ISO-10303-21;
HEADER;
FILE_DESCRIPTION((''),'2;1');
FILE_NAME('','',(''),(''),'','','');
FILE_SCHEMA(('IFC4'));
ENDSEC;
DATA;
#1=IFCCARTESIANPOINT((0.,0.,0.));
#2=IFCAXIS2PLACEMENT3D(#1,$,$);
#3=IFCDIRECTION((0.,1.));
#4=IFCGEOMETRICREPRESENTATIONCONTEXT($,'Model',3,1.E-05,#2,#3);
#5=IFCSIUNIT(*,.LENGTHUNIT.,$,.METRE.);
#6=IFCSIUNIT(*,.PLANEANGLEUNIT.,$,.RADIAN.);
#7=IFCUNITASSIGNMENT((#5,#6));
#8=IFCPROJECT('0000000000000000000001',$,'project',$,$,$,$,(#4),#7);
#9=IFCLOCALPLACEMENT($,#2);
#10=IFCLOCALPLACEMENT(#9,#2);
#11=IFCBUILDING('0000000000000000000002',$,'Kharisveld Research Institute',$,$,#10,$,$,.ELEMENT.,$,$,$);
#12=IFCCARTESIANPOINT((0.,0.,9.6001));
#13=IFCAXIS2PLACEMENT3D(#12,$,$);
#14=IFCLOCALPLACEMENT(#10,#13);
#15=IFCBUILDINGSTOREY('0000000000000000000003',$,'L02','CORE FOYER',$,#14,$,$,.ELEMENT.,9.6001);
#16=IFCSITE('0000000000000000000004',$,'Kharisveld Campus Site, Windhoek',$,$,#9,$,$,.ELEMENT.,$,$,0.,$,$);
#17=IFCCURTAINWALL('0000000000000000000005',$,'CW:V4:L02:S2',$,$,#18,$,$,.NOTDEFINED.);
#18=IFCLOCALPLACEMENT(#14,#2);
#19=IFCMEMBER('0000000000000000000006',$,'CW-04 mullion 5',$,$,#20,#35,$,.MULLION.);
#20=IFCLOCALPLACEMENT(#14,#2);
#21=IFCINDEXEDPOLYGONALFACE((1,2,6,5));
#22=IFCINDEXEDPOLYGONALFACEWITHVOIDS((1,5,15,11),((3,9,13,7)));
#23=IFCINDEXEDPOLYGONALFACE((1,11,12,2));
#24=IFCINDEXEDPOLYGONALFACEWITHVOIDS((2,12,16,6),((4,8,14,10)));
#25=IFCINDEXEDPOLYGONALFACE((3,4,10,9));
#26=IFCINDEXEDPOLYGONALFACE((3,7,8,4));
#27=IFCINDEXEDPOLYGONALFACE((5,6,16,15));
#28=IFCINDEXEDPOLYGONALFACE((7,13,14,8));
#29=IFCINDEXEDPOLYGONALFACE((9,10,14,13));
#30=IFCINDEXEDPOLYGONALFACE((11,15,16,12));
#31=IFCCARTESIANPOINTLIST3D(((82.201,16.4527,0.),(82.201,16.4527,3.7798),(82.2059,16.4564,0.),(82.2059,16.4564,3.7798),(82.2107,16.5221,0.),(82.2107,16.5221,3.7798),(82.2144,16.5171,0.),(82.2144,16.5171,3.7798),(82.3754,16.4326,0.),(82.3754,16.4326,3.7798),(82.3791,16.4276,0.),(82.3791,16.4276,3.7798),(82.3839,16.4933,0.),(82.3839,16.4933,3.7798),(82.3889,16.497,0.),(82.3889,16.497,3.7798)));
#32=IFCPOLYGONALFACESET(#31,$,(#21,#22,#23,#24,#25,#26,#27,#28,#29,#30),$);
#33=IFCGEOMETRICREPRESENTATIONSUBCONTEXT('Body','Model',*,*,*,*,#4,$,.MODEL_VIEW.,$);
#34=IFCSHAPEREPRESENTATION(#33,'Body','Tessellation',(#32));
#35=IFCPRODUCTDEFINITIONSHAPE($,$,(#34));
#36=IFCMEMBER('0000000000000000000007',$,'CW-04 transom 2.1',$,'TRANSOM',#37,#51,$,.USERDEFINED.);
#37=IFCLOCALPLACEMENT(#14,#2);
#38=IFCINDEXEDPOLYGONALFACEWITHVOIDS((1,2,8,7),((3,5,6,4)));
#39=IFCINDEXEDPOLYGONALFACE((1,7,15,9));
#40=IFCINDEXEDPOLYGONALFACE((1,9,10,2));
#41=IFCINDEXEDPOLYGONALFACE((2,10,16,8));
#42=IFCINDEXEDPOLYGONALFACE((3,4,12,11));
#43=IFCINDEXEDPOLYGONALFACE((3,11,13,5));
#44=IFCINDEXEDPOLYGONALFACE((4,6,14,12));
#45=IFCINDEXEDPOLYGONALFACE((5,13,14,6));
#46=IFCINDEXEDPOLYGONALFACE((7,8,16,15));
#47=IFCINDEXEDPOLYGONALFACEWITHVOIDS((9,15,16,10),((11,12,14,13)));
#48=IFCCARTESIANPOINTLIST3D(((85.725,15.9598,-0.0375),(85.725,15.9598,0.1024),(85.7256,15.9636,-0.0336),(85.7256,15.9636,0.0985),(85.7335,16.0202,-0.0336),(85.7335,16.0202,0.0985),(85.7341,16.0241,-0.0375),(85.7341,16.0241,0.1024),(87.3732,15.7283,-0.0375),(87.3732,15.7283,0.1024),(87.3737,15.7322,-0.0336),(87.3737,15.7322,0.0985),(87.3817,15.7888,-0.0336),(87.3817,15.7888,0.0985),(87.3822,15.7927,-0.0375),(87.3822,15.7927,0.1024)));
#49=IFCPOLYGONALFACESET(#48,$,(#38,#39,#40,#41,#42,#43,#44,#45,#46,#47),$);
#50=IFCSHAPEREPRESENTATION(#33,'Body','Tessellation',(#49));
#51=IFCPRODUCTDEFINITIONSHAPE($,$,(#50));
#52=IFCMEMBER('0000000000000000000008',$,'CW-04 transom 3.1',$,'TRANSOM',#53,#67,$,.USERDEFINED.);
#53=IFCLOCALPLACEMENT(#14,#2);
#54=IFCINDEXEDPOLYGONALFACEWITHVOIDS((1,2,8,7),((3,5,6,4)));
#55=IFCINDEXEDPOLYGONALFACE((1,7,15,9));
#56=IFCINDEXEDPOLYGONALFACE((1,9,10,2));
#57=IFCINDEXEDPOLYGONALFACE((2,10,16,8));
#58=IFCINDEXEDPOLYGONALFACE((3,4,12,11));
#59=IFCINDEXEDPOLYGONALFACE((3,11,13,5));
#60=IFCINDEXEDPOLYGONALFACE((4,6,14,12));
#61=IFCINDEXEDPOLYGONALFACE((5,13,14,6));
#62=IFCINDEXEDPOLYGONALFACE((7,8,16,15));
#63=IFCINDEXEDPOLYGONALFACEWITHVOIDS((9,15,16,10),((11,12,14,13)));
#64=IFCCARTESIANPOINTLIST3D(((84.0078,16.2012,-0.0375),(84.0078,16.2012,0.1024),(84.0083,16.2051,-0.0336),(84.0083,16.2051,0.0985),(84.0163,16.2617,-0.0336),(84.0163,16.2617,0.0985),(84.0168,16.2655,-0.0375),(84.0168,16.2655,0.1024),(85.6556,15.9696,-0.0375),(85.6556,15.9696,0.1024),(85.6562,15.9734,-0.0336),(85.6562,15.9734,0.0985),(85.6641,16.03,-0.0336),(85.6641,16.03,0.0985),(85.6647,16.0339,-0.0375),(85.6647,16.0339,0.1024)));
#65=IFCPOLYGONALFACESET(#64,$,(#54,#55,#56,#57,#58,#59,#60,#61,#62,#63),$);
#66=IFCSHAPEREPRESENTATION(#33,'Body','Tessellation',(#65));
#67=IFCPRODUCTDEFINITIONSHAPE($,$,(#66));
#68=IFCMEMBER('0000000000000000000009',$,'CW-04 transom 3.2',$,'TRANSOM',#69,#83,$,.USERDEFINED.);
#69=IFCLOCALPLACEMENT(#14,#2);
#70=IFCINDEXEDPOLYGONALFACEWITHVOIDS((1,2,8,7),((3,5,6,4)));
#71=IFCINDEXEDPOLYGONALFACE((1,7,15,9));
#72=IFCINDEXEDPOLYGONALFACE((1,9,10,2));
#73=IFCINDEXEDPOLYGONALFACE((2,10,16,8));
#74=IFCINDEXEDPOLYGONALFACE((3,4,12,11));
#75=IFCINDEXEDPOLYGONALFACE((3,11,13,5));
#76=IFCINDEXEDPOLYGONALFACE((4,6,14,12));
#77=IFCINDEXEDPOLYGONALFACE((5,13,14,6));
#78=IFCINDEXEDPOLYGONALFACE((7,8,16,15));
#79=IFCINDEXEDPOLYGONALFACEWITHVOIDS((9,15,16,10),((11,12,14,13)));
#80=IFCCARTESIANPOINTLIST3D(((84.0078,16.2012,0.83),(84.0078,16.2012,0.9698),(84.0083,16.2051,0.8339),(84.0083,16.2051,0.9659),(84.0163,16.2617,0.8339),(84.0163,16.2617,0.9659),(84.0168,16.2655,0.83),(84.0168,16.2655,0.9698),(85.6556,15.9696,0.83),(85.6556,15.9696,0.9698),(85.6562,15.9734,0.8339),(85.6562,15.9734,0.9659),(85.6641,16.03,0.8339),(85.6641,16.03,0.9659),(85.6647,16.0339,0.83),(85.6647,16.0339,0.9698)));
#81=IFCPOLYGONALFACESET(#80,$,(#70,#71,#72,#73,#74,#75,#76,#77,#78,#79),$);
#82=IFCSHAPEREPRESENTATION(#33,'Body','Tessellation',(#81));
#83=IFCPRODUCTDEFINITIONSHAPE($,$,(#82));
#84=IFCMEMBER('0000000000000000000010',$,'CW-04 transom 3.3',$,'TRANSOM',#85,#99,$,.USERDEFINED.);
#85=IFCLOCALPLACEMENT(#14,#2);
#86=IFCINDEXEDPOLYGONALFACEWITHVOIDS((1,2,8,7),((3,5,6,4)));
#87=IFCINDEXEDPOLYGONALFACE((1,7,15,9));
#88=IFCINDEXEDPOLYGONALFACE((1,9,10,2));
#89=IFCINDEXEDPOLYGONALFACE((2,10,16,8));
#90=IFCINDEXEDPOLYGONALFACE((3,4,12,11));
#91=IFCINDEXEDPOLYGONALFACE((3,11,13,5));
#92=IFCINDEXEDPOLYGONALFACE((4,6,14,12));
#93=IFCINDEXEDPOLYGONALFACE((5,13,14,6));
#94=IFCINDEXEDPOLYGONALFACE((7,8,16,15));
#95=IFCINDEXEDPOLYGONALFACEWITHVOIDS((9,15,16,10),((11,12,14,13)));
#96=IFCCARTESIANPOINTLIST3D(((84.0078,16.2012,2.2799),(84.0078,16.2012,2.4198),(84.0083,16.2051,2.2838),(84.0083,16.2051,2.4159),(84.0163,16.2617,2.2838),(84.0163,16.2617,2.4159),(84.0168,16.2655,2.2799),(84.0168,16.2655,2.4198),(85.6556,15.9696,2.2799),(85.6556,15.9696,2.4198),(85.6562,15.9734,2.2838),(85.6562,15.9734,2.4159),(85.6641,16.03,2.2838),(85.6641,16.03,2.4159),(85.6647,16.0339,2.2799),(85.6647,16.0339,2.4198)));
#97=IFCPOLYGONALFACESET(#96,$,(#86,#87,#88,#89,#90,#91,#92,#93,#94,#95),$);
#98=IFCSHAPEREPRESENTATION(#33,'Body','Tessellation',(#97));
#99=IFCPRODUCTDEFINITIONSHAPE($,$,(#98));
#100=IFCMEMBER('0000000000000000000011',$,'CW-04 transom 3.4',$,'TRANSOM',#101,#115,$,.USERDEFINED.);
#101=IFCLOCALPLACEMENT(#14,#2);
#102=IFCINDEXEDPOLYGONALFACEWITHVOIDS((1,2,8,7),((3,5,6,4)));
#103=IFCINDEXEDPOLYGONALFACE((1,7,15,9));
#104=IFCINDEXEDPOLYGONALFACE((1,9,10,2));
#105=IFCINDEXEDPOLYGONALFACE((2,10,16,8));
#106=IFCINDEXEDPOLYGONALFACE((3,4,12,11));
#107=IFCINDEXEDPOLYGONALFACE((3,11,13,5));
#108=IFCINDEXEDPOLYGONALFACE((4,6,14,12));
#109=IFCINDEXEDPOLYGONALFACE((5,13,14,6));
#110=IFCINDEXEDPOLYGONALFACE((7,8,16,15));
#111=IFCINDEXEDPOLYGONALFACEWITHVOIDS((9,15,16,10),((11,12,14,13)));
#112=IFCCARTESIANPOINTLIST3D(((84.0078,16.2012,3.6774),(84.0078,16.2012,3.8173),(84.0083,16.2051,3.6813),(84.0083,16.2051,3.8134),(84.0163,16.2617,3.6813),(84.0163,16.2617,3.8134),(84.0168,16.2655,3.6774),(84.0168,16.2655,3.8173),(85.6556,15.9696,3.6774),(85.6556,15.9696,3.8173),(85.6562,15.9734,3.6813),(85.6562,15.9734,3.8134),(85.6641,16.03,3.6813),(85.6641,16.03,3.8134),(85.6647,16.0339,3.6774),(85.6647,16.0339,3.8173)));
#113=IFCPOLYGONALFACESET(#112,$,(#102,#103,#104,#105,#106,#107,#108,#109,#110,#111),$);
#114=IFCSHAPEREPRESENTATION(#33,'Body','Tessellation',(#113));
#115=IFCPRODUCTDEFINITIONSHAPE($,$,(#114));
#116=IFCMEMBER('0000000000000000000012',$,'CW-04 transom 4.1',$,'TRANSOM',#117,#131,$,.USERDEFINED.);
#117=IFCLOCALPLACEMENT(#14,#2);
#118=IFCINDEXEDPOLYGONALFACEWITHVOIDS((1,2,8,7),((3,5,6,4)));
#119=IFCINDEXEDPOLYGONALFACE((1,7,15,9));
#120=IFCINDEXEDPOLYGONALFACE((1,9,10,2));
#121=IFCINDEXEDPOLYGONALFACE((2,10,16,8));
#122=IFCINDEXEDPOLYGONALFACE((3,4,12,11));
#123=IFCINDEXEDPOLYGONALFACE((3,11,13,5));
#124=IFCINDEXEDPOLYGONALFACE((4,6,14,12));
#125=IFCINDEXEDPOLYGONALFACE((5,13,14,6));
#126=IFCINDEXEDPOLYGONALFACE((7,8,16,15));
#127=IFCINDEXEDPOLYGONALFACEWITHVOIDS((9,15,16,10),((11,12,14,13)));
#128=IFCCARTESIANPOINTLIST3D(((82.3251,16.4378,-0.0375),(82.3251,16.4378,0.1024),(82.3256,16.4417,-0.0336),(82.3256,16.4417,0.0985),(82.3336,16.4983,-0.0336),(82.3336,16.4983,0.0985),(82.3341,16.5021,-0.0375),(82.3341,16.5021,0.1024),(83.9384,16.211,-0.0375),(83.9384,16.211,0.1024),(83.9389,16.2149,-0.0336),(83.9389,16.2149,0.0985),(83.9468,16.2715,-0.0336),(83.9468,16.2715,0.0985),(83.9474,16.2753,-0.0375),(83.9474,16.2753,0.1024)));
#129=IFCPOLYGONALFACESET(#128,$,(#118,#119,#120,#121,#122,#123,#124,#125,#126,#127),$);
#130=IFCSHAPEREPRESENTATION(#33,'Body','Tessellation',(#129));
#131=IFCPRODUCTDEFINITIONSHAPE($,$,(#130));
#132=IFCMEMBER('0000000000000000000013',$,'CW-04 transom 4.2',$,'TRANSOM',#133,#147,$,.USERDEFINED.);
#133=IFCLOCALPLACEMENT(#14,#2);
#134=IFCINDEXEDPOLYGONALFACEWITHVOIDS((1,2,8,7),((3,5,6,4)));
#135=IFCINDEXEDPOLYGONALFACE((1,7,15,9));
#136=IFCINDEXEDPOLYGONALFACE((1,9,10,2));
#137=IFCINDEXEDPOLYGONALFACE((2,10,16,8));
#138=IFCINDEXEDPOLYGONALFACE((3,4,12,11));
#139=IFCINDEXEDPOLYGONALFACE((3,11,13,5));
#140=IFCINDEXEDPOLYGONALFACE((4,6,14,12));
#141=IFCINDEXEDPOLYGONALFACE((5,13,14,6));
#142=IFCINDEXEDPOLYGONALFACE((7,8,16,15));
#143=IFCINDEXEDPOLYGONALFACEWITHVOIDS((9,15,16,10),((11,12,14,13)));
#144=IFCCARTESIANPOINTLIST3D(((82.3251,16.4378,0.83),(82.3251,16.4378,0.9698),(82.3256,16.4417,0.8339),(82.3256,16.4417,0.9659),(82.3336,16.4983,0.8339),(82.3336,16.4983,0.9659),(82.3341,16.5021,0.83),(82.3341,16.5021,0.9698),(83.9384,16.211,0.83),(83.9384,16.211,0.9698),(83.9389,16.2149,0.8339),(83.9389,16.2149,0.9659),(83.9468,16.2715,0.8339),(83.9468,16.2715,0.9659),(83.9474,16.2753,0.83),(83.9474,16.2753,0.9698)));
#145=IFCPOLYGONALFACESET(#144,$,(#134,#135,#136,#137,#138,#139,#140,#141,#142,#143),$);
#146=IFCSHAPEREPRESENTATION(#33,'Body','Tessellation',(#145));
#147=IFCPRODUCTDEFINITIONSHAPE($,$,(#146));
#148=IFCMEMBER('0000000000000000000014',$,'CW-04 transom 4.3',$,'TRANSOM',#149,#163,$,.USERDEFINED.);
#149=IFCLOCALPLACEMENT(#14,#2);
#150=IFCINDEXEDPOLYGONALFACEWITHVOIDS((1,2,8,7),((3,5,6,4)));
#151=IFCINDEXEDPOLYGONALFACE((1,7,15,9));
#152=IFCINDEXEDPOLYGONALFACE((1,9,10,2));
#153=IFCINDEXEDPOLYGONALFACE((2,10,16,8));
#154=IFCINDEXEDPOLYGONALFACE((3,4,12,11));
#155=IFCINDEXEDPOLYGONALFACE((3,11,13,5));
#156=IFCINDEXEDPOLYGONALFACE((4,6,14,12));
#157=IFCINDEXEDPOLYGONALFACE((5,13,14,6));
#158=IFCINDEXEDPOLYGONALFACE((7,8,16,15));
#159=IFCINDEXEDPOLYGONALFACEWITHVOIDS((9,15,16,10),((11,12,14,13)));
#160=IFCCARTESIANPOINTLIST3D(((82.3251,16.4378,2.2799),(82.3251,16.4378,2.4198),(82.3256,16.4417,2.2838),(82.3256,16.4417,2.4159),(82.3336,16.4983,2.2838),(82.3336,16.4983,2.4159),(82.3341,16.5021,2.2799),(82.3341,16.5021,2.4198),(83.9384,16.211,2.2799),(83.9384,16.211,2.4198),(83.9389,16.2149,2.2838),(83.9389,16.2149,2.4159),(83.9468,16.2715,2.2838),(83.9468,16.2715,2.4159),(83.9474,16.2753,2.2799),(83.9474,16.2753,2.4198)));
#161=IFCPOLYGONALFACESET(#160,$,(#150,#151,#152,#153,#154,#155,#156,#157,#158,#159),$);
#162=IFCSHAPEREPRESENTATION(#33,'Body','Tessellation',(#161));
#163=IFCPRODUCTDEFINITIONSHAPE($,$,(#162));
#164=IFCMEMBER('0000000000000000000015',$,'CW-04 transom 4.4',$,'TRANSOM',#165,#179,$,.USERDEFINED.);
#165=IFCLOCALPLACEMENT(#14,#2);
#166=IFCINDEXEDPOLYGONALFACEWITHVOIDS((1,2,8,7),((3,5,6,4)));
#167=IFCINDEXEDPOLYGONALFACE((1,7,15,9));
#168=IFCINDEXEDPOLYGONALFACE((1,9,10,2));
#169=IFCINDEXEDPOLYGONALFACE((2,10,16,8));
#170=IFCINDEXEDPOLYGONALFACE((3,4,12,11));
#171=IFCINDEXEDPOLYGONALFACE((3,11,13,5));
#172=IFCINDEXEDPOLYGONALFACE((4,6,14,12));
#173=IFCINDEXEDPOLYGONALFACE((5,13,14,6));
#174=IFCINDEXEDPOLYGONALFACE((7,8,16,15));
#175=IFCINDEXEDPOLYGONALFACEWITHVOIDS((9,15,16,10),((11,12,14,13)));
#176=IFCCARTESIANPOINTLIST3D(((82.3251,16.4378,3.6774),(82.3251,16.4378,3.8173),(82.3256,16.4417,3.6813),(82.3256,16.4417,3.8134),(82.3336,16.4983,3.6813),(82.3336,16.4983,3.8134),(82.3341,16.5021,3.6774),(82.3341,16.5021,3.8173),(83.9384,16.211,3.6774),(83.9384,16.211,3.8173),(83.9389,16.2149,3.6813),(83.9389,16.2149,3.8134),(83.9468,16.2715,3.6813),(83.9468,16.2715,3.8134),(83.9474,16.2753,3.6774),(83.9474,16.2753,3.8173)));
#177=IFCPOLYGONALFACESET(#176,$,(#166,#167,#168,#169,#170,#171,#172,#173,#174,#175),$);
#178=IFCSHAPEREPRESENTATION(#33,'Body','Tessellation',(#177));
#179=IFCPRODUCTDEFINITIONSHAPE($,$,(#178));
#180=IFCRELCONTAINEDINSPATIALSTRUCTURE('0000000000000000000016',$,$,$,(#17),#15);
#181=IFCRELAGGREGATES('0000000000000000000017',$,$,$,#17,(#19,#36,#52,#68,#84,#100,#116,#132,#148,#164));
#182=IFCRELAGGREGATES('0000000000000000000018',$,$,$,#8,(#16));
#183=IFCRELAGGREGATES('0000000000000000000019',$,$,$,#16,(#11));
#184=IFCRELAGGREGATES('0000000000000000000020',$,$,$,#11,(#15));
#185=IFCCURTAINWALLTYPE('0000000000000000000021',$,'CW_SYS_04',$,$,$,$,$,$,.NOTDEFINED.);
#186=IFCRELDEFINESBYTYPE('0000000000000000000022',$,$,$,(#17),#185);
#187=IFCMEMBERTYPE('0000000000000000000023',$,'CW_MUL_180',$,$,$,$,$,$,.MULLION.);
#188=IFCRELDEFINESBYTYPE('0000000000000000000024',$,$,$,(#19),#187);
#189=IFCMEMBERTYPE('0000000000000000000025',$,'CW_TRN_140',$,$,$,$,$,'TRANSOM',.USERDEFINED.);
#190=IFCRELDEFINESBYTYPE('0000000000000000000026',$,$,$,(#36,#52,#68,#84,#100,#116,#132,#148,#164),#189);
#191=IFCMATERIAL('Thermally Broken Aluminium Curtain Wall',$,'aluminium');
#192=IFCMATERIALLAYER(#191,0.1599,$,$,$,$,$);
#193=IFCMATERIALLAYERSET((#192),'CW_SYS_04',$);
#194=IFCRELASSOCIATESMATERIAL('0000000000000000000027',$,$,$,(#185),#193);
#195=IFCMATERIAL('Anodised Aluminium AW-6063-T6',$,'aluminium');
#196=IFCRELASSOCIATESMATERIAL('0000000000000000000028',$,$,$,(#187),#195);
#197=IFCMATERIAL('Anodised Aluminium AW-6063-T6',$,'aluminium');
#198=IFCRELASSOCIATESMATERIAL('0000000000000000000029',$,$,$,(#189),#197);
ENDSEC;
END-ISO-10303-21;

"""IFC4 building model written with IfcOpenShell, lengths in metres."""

from ifc_helpers import new_model, si_unit, direction, frame, origin, origin_2d, place, context, subcontext, project, spatial, hollow_rectangle, extrude, material, layer, layer_set, material_profile, profile_set, type_object, element, aggregate, save


model = new_model("IFC4")

# Units and contexts
model_context = context("Model", 3, precision=1e-05, world=origin(), true_north=direction((0.0, 1.0)))
body_context = subcontext(model_context, "Body", "Model", "MODEL_VIEW")
ifc_project = project(units=[si_unit("LENGTHUNIT", "METRE"), si_unit("PLANEANGLEUNIT", "RADIAN")], contexts=[model_context])

# Site, building, storey
site_placement = place(None, origin())
site = spatial("IfcSite", under=ifc_project, at=site_placement, Name="Kharisveld Campus Site, Windhoek", CompositionType="ELEMENT", RefElevation=0.0)
building_placement = place(site_placement, origin())
building = spatial("IfcBuilding", under=site, at=building_placement, Name="Kharisveld Research Institute", CompositionType="ELEMENT")
storey_placement = place(building_placement, frame((0.0, 0.0, 9.6001)))
storey = spatial("IfcBuildingStorey", under=building, at=storey_placement, Name="L02", Description="CORE FOYER", CompositionType="ELEMENT", Elevation=9.6001)

# Curtain wall, members
ifc_material_1 = material(Name="Thermally Broken Aluminium Curtain Wall", Category="aluminium")
ifc_layer_1 = layer(ifc_material_1, 0.1599)
ifc_layer_set_1 = layer_set([ifc_layer_1], Name="CW_SYS_04")
curtain_wall_type = type_object("IfcCurtainWallType", Name="CW_SYS_04", PredefinedType="NOTDEFINED", material=ifc_layer_set_1)
curtain_wall_placement = place(storey_placement, origin())
curtain_wall = element("IfcCurtainWall", 1, at=curtain_wall_placement, inside=storey, type_object=curtain_wall_type, Name="CW:V4:L02:S2", PredefinedType="NOTDEFINED")
ifc_material_2 = material(Name="Anodised Aluminium AW-6063-T6", Category="aluminium")
ifc_material_profile_1 = material_profile(ifc_material_2, hollow_rectangle(XDim=0.0701, YDim=0.1799, WallThickness=0.0044, at=origin_2d()))
ifc_profile_set_1 = profile_set([ifc_material_profile_1], Name="Anodised Aluminium AW-6063-T6")
member_type_1 = type_object("IfcMemberType", Name="CW_MUL_180", PredefinedType="MULLION", material=ifc_profile_set_1)
member_1_placement = place(storey_placement, frame((82.2949, 16.4749, 0.0), z_axis=(0.0, 0.0, 1.0), x_axis=(-0.139173, -0.990268, 0.0)))
member_1 = element("IfcMember", 2, at=member_1_placement, type_object=member_type_1, Name="CW-04 mullion 5", PredefinedType="MULLION", context=body_context, shape_type="SweptSolid", body=[
    extrude(hollow_rectangle(XDim=0.0701, YDim=0.1799, WallThickness=0.0044, at=origin_2d()), origin(), (0.0, 0.0, 1.0), 3.7798),
])
ifc_material_3 = material(Name="Anodised Aluminium AW-6063-T6", Category="aluminium")
ifc_material_profile_2 = material_profile(ifc_material_3, hollow_rectangle(XDim=0.0649, YDim=0.1399, WallThickness=0.0039, at=origin_2d()))
ifc_profile_set_2 = profile_set([ifc_material_profile_2], Name="Anodised Aluminium AW-6063-T6")
member_type_2 = type_object("IfcMemberType", Name="CW_TRN_140", ElementType="TRANSOM", PredefinedType="USERDEFINED", material=ifc_profile_set_2)
member_2_placement = place(storey_placement, frame((87.3777, 15.7605, 0.0325), z_axis=(-0.990284, 0.139059, 0.0), x_axis=(-0.139059, -0.990284, 0.0)))
member_2 = element("IfcMember", 3, at=member_2_placement, type_object=member_type_2, Name="CW-04 transom 2.1", ObjectType="TRANSOM", PredefinedType="USERDEFINED", context=body_context, shape_type="SweptSolid", body=[
    extrude(hollow_rectangle(XDim=0.0649, YDim=0.1399, WallThickness=0.0039, at=origin_2d()), origin(), (0.0, 0.0, 1.0), 1.6643),
])
member_3_placement = place(storey_placement, frame((85.6602, 16.0017, 0.0325), z_axis=(-0.990261, 0.139223, 0.0), x_axis=(-0.139223, -0.990261, 0.0)))
member_3 = element("IfcMember", 4, at=member_3_placement, type_object=member_type_2, Name="CW-04 transom 3.1", ObjectType="TRANSOM", PredefinedType="USERDEFINED", context=body_context, shape_type="SweptSolid", body=[
    extrude(hollow_rectangle(XDim=0.0649, YDim=0.1399, WallThickness=0.0039, at=origin_2d()), origin(), (0.0, 0.0, 1.0), 1.6641),
])
member_4_placement = place(storey_placement, frame((85.6602, 16.0017, 0.8999), z_axis=(-0.990261, 0.139223, 0.0), x_axis=(-0.139223, -0.990261, 0.0)))
member_4 = element("IfcMember", 5, at=member_4_placement, type_object=member_type_2, Name="CW-04 transom 3.2", ObjectType="TRANSOM", PredefinedType="USERDEFINED", context=body_context, shape_type="SweptSolid", body=[
    extrude(hollow_rectangle(XDim=0.0649, YDim=0.1399, WallThickness=0.0039, at=origin_2d()), origin(), (0.0, 0.0, 1.0), 1.6641),
])
member_5_placement = place(storey_placement, frame((85.6602, 16.0017, 2.3499), z_axis=(-0.990261, 0.139223, 0.0), x_axis=(-0.139223, -0.990261, 0.0)))
member_5 = element("IfcMember", 6, at=member_5_placement, type_object=member_type_2, Name="CW-04 transom 3.3", ObjectType="TRANSOM", PredefinedType="USERDEFINED", context=body_context, shape_type="SweptSolid", body=[
    extrude(hollow_rectangle(XDim=0.0649, YDim=0.1399, WallThickness=0.0039, at=origin_2d()), origin(), (0.0, 0.0, 1.0), 1.6641),
])
member_6_placement = place(storey_placement, frame((85.6602, 16.0017, 3.7473), z_axis=(-0.990261, 0.139223, 0.0), x_axis=(-0.139223, -0.990261, 0.0)))
member_6 = element("IfcMember", 7, at=member_6_placement, type_object=member_type_2, Name="CW-04 transom 3.4", ObjectType="TRANSOM", PredefinedType="USERDEFINED", context=body_context, shape_type="SweptSolid", body=[
    extrude(hollow_rectangle(XDim=0.0649, YDim=0.1399, WallThickness=0.0039, at=origin_2d()), origin(), (0.0, 0.0, 1.0), 1.6641),
])
member_7_placement = place(storey_placement, frame((83.9429, 16.2432, 0.0325), z_axis=(-0.990262, 0.139218, 0.0), x_axis=(-0.139218, -0.990262, 0.0)))
member_7 = element("IfcMember", 8, at=member_7_placement, type_object=member_type_2, Name="CW-04 transom 4.1", ObjectType="TRANSOM", PredefinedType="USERDEFINED", context=body_context, shape_type="SweptSolid", body=[
    extrude(hollow_rectangle(XDim=0.0649, YDim=0.1399, WallThickness=0.0039, at=origin_2d()), origin(), (0.0, 0.0, 1.0), 1.6292),
])
member_8_placement = place(storey_placement, frame((83.9429, 16.2432, 0.8999), z_axis=(-0.990262, 0.139218, 0.0), x_axis=(-0.139218, -0.990262, 0.0)))
member_8 = element("IfcMember", 9, at=member_8_placement, type_object=member_type_2, Name="CW-04 transom 4.2", ObjectType="TRANSOM", PredefinedType="USERDEFINED", context=body_context, shape_type="SweptSolid", body=[
    extrude(hollow_rectangle(XDim=0.0649, YDim=0.1399, WallThickness=0.0039, at=origin_2d()), origin(), (0.0, 0.0, 1.0), 1.6292),
])
member_9_placement = place(storey_placement, frame((83.9429, 16.2432, 2.3499), z_axis=(-0.990262, 0.139218, 0.0), x_axis=(-0.139218, -0.990262, 0.0)))
member_9 = element("IfcMember", 10, at=member_9_placement, type_object=member_type_2, Name="CW-04 transom 4.3", ObjectType="TRANSOM", PredefinedType="USERDEFINED", context=body_context, shape_type="SweptSolid", body=[
    extrude(hollow_rectangle(XDim=0.0649, YDim=0.1399, WallThickness=0.0039, at=origin_2d()), origin(), (0.0, 0.0, 1.0), 1.6292),
])
member_10_placement = place(storey_placement, frame((83.9429, 16.2432, 3.7473), z_axis=(-0.990262, 0.139218, 0.0), x_axis=(-0.139218, -0.990262, 0.0)))
member_10 = element("IfcMember", 11, at=member_10_placement, type_object=member_type_2, Name="CW-04 transom 4.4", ObjectType="TRANSOM", PredefinedType="USERDEFINED", context=body_context, shape_type="SweptSolid", body=[
    extrude(hollow_rectangle(XDim=0.0649, YDim=0.1399, WallThickness=0.0039, at=origin_2d()), origin(), (0.0, 0.0, 1.0), 1.6292),
])

aggregate(curtain_wall, [member_1, member_2, member_3, member_4, member_5, member_6, member_7, member_8, member_9, member_10])

save(model, "model.ifc")
